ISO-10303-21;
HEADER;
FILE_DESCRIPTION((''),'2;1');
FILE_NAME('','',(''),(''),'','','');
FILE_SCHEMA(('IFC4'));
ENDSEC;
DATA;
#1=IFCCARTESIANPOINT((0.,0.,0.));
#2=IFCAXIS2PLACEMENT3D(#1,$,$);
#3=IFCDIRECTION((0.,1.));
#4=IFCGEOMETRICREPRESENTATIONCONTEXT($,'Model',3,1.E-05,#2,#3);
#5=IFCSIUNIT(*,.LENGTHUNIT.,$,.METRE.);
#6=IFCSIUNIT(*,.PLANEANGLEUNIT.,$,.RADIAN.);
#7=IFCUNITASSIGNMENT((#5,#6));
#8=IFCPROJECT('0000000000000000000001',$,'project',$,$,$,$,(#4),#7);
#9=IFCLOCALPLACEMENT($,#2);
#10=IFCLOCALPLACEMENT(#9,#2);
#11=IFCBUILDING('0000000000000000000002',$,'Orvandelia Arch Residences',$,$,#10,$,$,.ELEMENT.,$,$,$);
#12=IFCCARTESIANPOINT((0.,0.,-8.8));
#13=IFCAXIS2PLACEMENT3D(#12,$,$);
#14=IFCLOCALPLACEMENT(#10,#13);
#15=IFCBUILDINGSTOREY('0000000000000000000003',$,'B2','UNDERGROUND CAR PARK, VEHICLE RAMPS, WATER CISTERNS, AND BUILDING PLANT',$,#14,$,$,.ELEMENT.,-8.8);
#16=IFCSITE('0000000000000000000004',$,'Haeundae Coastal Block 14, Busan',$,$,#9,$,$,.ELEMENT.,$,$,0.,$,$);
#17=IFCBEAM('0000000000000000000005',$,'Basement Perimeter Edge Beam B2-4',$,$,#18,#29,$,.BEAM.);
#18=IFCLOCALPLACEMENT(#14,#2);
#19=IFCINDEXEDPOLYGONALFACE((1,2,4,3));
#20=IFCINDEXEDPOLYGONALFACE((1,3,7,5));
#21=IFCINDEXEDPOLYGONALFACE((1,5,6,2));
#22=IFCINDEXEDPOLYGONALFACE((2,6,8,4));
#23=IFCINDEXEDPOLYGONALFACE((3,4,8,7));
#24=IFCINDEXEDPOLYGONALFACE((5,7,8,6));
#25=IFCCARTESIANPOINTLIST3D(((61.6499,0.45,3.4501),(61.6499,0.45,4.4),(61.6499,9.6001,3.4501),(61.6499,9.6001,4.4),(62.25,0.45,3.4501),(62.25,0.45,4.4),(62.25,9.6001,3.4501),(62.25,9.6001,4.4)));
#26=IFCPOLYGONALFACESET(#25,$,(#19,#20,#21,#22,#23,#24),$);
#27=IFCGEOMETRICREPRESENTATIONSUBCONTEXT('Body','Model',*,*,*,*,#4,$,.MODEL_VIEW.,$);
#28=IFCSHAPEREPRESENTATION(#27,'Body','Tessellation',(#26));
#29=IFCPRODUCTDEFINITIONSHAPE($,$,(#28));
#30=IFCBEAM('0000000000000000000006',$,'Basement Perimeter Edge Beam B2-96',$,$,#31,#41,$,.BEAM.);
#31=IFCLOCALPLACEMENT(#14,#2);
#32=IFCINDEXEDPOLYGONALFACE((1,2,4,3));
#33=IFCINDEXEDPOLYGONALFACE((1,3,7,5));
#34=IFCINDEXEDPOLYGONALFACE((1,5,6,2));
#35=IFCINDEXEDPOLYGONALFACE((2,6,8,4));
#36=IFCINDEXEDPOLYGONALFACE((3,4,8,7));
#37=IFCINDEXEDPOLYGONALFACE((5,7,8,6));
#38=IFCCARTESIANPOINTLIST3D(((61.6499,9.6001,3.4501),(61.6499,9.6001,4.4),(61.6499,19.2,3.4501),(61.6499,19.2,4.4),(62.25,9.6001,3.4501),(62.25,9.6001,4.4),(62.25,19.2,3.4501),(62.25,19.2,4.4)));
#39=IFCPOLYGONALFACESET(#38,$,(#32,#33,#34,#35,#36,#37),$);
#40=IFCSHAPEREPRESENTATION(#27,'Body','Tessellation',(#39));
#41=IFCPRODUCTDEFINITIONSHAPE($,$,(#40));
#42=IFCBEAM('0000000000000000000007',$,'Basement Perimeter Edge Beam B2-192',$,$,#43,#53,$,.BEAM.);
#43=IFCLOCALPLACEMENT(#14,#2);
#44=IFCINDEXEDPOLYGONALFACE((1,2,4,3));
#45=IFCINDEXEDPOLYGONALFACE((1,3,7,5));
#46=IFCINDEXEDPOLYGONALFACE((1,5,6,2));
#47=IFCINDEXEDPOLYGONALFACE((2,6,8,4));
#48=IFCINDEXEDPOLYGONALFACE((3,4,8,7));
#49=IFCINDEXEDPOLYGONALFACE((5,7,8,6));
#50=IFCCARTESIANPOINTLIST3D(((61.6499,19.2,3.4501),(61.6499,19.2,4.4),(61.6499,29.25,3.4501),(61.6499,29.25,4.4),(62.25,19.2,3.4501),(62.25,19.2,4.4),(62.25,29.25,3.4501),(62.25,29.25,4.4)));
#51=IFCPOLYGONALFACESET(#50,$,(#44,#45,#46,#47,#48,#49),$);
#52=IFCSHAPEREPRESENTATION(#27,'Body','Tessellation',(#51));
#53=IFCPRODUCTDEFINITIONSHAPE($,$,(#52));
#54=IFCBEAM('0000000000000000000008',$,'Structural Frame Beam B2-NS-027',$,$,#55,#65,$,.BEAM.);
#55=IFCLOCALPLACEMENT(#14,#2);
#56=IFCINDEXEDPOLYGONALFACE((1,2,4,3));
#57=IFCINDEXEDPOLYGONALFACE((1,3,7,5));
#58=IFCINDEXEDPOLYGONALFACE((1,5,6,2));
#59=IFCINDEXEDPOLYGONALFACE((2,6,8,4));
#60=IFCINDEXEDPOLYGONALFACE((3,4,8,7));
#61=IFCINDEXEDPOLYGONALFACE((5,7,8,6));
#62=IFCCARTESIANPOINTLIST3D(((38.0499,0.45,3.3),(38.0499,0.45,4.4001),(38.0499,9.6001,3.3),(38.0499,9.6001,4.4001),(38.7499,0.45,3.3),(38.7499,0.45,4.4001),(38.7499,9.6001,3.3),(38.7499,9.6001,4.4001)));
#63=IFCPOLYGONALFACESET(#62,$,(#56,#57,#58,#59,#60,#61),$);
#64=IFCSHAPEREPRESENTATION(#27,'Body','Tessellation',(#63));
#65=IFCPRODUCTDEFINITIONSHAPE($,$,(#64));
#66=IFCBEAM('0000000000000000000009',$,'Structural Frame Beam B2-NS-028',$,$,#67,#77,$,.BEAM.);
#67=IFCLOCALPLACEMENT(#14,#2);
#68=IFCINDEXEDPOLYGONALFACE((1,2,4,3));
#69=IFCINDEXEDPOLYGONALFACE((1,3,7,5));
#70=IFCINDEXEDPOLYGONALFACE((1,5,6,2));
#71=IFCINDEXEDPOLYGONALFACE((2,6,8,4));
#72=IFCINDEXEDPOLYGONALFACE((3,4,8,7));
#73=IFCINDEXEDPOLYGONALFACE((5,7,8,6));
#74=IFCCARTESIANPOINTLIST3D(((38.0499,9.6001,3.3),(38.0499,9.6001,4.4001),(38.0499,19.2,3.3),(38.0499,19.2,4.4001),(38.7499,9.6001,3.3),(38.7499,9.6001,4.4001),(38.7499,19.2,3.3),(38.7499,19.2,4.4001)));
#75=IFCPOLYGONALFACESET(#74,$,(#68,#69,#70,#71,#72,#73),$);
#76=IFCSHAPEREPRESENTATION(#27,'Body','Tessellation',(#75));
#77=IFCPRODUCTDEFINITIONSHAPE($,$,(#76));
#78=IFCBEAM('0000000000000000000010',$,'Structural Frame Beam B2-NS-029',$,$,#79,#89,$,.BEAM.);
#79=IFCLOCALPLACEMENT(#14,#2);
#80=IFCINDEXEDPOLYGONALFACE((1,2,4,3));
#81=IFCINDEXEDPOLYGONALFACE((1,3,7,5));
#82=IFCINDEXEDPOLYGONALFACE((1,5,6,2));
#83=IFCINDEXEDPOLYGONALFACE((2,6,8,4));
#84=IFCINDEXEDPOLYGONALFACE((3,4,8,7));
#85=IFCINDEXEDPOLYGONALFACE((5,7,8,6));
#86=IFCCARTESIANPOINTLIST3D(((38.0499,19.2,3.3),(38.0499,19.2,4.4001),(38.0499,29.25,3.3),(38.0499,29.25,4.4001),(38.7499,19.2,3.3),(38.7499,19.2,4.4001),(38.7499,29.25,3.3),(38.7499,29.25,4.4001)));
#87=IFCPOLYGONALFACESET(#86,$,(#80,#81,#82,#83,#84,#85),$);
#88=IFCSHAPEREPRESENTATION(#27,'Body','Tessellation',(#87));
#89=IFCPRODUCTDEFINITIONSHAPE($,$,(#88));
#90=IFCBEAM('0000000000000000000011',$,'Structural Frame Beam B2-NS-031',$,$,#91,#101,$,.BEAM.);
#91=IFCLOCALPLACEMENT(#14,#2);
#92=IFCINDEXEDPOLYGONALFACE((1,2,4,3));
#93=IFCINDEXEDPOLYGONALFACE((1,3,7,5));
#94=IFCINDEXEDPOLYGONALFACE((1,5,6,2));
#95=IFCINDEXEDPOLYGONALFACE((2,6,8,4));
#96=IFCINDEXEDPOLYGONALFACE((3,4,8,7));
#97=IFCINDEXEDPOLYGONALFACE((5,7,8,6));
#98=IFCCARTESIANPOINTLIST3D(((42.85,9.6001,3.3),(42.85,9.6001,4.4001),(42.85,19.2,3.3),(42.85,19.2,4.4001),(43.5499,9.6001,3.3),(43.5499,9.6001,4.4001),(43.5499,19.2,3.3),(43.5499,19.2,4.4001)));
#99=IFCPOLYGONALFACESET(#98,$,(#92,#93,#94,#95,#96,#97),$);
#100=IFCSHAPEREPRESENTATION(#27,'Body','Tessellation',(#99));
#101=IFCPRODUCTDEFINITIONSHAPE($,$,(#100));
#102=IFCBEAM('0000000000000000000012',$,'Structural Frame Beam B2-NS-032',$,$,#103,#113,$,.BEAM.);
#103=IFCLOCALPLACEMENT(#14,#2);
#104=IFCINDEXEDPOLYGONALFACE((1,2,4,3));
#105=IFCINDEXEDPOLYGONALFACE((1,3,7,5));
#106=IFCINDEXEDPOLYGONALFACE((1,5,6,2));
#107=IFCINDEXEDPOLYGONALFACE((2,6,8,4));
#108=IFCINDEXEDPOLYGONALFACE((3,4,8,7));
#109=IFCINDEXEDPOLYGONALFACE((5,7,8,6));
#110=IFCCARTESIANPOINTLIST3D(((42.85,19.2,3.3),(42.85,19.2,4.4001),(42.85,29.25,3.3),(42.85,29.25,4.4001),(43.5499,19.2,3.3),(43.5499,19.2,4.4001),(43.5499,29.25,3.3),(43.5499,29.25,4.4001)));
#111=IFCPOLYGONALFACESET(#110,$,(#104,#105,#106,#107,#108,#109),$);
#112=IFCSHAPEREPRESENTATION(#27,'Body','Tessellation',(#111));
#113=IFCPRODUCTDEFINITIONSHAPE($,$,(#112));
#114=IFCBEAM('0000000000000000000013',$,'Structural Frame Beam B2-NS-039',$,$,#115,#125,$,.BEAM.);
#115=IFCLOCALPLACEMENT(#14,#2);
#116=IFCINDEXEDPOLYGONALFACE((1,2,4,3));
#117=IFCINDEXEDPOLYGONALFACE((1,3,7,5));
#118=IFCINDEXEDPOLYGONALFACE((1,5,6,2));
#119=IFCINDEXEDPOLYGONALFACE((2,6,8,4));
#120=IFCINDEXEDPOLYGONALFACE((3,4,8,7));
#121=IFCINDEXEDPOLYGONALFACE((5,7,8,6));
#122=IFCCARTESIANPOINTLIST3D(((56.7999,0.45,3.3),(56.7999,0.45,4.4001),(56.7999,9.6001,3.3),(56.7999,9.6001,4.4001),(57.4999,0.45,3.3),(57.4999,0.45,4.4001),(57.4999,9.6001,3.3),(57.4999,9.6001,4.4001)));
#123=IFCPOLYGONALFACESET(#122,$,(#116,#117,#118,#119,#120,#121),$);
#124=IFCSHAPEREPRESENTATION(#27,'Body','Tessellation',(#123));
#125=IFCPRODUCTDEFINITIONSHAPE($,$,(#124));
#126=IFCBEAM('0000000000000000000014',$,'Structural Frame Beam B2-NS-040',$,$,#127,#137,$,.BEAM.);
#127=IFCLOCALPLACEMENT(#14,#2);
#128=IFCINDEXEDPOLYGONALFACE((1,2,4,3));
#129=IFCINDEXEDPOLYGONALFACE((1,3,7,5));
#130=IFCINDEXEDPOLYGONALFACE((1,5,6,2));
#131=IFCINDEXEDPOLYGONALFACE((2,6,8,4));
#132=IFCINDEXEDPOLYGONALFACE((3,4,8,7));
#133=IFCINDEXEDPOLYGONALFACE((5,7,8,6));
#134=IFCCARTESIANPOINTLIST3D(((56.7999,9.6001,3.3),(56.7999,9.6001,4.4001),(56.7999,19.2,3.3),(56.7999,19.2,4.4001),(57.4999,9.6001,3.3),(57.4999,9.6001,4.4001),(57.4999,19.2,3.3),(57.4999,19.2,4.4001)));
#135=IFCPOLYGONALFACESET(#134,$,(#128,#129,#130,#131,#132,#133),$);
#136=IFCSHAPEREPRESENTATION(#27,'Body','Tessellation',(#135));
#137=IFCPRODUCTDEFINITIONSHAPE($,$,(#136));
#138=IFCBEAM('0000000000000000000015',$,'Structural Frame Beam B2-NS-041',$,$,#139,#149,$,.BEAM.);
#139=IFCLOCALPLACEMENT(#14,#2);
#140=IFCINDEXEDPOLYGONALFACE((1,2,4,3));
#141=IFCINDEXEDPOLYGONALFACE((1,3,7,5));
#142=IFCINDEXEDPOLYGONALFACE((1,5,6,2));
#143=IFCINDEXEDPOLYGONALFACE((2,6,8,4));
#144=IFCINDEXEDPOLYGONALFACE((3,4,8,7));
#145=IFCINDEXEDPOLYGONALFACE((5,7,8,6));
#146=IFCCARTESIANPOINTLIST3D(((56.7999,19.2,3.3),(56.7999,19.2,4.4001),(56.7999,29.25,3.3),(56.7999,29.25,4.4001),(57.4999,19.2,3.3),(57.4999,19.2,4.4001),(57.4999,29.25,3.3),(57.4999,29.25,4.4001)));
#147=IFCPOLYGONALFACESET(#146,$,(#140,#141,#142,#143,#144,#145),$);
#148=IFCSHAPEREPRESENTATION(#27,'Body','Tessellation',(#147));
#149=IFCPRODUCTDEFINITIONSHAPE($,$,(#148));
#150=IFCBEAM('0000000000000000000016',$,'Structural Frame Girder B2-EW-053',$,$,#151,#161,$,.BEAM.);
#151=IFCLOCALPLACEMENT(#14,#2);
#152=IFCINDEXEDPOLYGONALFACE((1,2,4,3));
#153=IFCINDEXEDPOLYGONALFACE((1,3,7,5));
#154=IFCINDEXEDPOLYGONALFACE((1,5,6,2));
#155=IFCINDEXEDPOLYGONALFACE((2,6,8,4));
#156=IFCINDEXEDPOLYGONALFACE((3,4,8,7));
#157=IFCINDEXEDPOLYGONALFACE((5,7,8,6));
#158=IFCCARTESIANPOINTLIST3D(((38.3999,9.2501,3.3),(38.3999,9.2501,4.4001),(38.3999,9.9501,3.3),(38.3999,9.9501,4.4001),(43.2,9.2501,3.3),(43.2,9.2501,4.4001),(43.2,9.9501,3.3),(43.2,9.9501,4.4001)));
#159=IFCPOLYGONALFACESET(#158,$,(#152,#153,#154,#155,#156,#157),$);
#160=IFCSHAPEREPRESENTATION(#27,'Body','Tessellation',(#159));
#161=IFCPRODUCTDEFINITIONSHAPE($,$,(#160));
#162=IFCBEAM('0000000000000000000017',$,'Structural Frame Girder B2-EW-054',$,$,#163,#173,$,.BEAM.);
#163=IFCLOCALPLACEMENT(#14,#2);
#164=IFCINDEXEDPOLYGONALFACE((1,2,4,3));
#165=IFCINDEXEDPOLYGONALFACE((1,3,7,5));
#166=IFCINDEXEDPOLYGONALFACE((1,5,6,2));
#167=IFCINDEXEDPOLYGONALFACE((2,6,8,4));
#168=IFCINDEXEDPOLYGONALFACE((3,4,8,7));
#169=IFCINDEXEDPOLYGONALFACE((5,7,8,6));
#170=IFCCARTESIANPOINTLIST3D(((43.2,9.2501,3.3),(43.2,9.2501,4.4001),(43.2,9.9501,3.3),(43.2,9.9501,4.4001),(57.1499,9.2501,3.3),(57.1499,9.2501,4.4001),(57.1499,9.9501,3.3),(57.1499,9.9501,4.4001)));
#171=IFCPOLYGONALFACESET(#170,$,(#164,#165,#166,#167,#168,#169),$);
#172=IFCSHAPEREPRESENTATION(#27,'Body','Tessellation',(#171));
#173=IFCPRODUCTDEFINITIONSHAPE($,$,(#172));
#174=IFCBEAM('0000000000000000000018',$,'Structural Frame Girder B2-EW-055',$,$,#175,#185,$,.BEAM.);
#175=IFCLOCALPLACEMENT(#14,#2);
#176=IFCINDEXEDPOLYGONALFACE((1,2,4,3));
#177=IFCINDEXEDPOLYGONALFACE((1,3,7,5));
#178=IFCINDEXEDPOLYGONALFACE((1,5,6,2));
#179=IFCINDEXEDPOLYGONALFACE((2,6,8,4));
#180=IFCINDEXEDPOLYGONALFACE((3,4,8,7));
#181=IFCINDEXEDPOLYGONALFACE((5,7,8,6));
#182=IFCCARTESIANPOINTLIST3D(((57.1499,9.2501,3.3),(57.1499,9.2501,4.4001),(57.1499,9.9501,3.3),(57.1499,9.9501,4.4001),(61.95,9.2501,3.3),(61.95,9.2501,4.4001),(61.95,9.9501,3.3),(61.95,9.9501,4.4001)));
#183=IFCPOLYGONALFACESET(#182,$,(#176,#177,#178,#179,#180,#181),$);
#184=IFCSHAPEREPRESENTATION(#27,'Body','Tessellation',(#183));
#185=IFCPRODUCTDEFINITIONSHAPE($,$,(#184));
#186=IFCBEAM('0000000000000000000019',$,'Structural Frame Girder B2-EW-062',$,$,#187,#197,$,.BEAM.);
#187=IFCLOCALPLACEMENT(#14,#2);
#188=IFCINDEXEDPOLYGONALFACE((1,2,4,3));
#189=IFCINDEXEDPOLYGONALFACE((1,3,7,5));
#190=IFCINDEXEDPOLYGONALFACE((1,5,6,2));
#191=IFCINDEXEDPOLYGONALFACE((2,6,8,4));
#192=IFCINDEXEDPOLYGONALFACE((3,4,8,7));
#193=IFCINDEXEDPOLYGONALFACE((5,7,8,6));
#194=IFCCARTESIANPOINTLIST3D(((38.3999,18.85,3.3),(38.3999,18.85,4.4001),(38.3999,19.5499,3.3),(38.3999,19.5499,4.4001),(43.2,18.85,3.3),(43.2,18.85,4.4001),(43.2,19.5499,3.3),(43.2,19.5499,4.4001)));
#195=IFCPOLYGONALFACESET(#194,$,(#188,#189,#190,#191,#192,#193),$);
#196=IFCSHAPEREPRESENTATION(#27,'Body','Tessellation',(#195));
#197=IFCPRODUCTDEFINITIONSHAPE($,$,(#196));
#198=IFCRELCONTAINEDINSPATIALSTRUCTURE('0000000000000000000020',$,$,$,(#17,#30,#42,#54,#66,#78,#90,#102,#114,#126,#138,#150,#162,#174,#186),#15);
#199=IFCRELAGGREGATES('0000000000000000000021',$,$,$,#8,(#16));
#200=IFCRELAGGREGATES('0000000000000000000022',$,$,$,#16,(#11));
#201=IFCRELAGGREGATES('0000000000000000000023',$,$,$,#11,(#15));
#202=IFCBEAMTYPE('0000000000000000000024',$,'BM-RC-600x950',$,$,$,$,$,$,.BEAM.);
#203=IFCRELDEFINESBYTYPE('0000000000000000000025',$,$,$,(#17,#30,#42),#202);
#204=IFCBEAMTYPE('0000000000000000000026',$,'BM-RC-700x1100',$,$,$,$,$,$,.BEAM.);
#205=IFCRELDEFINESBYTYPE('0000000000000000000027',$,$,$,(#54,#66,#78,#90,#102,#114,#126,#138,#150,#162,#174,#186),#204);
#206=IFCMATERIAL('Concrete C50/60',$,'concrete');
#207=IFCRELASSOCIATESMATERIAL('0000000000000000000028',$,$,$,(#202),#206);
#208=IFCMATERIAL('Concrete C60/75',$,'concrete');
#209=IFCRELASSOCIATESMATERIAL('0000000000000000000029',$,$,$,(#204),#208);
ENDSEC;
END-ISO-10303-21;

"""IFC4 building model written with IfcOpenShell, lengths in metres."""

from ifc_helpers import new_model, si_unit, direction, frame, origin, origin_2d, place, context, subcontext, project, spatial, rectangle, extrude, material, material_profile, profile_set, type_object, element, save


model = new_model("IFC4")

# Units and contexts
model_context = context("Model", 3, precision=1e-05, world=origin(), true_north=direction((0.0, 1.0)))
body_context = subcontext(model_context, "Body", "Model", "MODEL_VIEW")
ifc_project = project(units=[si_unit("LENGTHUNIT", "METRE"), si_unit("PLANEANGLEUNIT", "RADIAN")], contexts=[model_context])

# Site, building, storey
site_placement = place(None, origin())
site = spatial("IfcSite", under=ifc_project, at=site_placement, Name="Haeundae Coastal Block 14, Busan", CompositionType="ELEMENT", RefElevation=0.0)
building_placement = place(site_placement, origin())
building = spatial("IfcBuilding", under=site, at=building_placement, Name="Orvandelia Arch Residences", CompositionType="ELEMENT")
storey_placement = place(building_placement, frame((0.0, 0.0, -8.8)))
storey = spatial("IfcBuildingStorey", under=building, at=storey_placement, Name="B2", Description="UNDERGROUND CAR PARK, VEHICLE RAMPS, WATER CISTERNS, AND BUILDING PLANT", CompositionType="ELEMENT", Elevation=-8.8)

# Shared definitions
ifc_material_1 = material(Name="Concrete C50/60", Category="concrete")
ifc_material_2 = material(Name="Concrete C60/75", Category="concrete")

# Beams
ifc_material_profile_1 = material_profile(ifc_material_1, rectangle(XDim=0.6001, YDim=0.95, at=origin_2d()), Name="Concrete C50/60", Category="concrete")
ifc_profile_set_1 = profile_set([ifc_material_profile_1], Name="Concrete C50/60")
beam_type_1 = type_object("IfcBeamType", Name="BM-RC-600x950", PredefinedType="BEAM", material=ifc_profile_set_1)
beam_1_placement = place(storey_placement, frame((61.95, 0.45, 3.925), z_axis=(0.0, 1.0, 0.0), x_axis=(-1.0, 0.0, 0.0)))
element("IfcBeam", 1, at=beam_1_placement, inside=storey, type_object=beam_type_1, Name="Basement Perimeter Edge Beam B2-4", PredefinedType="BEAM", context=body_context, shape_type="SweptSolid", body=[
    extrude(rectangle(XDim=0.6001, YDim=0.95, at=origin_2d()), origin(), (0.0, 0.0, 1.0), 9.1501),
])
beam_2_placement = place(storey_placement, frame((61.95, 9.6001, 3.925), z_axis=(0.0, 1.0, 0.0), x_axis=(-1.0, 0.0, 0.0)))
element("IfcBeam", 2, at=beam_2_placement, inside=storey, type_object=beam_type_1, Name="Basement Perimeter Edge Beam B2-96", PredefinedType="BEAM", context=body_context, shape_type="SweptSolid", body=[
    extrude(rectangle(XDim=0.6001, YDim=0.95, at=origin_2d()), origin(), (0.0, 0.0, 1.0), 9.5999),
])
beam_3_placement = place(storey_placement, frame((61.95, 19.2, 3.925), z_axis=(0.0, 1.0, 0.0), x_axis=(-1.0, 0.0, 0.0)))
element("IfcBeam", 3, at=beam_3_placement, inside=storey, type_object=beam_type_1, Name="Basement Perimeter Edge Beam B2-192", PredefinedType="BEAM", context=body_context, shape_type="SweptSolid", body=[
    extrude(rectangle(XDim=0.6001, YDim=0.95, at=origin_2d()), origin(), (0.0, 0.0, 1.0), 10.05),
])
ifc_material_profile_2 = material_profile(ifc_material_2, rectangle(XDim=0.7, YDim=1.1001, at=origin_2d()), Name="Concrete C60/75", Category="concrete")
ifc_profile_set_2 = profile_set([ifc_material_profile_2], Name="Concrete C60/75")
beam_type_2 = type_object("IfcBeamType", Name="BM-RC-700x1100", PredefinedType="BEAM", material=ifc_profile_set_2)
beam_4_placement = place(storey_placement, frame((38.3999, 0.45, 3.8501), z_axis=(0.0, 1.0, 0.0), x_axis=(-1.0, 0.0, 0.0)))
element("IfcBeam", 4, at=beam_4_placement, inside=storey, type_object=beam_type_2, Name="Structural Frame Beam B2-NS-027", PredefinedType="BEAM", context=body_context, shape_type="SweptSolid", body=[
    extrude(rectangle(XDim=0.7, YDim=1.1001, at=origin_2d()), origin(), (0.0, 0.0, 1.0), 9.1501),
])
beam_5_placement = place(storey_placement, frame((38.3999, 9.6001, 3.8501), z_axis=(0.0, 1.0, 0.0), x_axis=(-1.0, 0.0, 0.0)))
element("IfcBeam", 5, at=beam_5_placement, inside=storey, type_object=beam_type_2, Name="Structural Frame Beam B2-NS-028", PredefinedType="BEAM", context=body_context, shape_type="SweptSolid", body=[
    extrude(rectangle(XDim=0.7, YDim=1.1001, at=origin_2d()), origin(), (0.0, 0.0, 1.0), 9.5999),
])
beam_6_placement = place(storey_placement, frame((38.3999, 19.2, 3.8501), z_axis=(0.0, 1.0, 0.0), x_axis=(-1.0, 0.0, 0.0)))
element("IfcBeam", 6, at=beam_6_placement, inside=storey, type_object=beam_type_2, Name="Structural Frame Beam B2-NS-029", PredefinedType="BEAM", context=body_context, shape_type="SweptSolid", body=[
    extrude(rectangle(XDim=0.7, YDim=1.1001, at=origin_2d()), origin(), (0.0, 0.0, 1.0), 10.05),
])
beam_7_placement = place(storey_placement, frame((43.2, 9.6001, 3.8501), z_axis=(0.0, 1.0, 0.0), x_axis=(-1.0, 0.0, 0.0)))
element("IfcBeam", 7, at=beam_7_placement, inside=storey, type_object=beam_type_2, Name="Structural Frame Beam B2-NS-031", PredefinedType="BEAM", context=body_context, shape_type="SweptSolid", body=[
    extrude(rectangle(XDim=0.7, YDim=1.1001, at=origin_2d()), origin(), (0.0, 0.0, 1.0), 9.5999),
])
beam_8_placement = place(storey_placement, frame((43.2, 19.2, 3.8501), z_axis=(0.0, 1.0, 0.0), x_axis=(-1.0, 0.0, 0.0)))
element("IfcBeam", 8, at=beam_8_placement, inside=storey, type_object=beam_type_2, Name="Structural Frame Beam B2-NS-032", PredefinedType="BEAM", context=body_context, shape_type="SweptSolid", body=[
    extrude(rectangle(XDim=0.7, YDim=1.1001, at=origin_2d()), origin(), (0.0, 0.0, 1.0), 10.05),
])
beam_9_placement = place(storey_placement, frame((57.1499, 0.45, 3.8501), z_axis=(0.0, 1.0, 0.0), x_axis=(-1.0, 0.0, 0.0)))
element("IfcBeam", 9, at=beam_9_placement, inside=storey, type_object=beam_type_2, Name="Structural Frame Beam B2-NS-039", PredefinedType="BEAM", context=body_context, shape_type="SweptSolid", body=[
    extrude(rectangle(XDim=0.7, YDim=1.1001, at=origin_2d()), origin(), (0.0, 0.0, 1.0), 9.1501),
])
beam_10_placement = place(storey_placement, frame((57.1499, 9.6001, 3.8501), z_axis=(0.0, 1.0, 0.0), x_axis=(-1.0, 0.0, 0.0)))
element("IfcBeam", 10, at=beam_10_placement, inside=storey, type_object=beam_type_2, Name="Structural Frame Beam B2-NS-040", PredefinedType="BEAM", context=body_context, shape_type="SweptSolid", body=[
    extrude(rectangle(XDim=0.7, YDim=1.1001, at=origin_2d()), origin(), (0.0, 0.0, 1.0), 9.5999),
])
beam_11_placement = place(storey_placement, frame((57.1499, 19.2, 3.8501), z_axis=(0.0, 1.0, 0.0), x_axis=(-1.0, 0.0, 0.0)))
element("IfcBeam", 11, at=beam_11_placement, inside=storey, type_object=beam_type_2, Name="Structural Frame Beam B2-NS-041", PredefinedType="BEAM", context=body_context, shape_type="SweptSolid", body=[
    extrude(rectangle(XDim=0.7, YDim=1.1001, at=origin_2d()), origin(), (0.0, 0.0, 1.0), 10.05),
])
beam_12_placement = place(storey_placement, frame((38.3999, 9.6001, 3.8501), z_axis=(1.0, 0.0, 0.0), x_axis=(0.0, 1.0, 0.0)))
element("IfcBeam", 12, at=beam_12_placement, inside=storey, type_object=beam_type_2, Name="Structural Frame Girder B2-EW-053", PredefinedType="BEAM", context=body_context, shape_type="SweptSolid", body=[
    extrude(rectangle(XDim=0.7, YDim=1.1001, at=origin_2d()), origin(), (0.0, 0.0, 1.0), 4.8),
])
beam_13_placement = place(storey_placement, frame((43.2, 9.6001, 3.8501), z_axis=(1.0, 0.0, 0.0), x_axis=(0.0, 1.0, 0.0)))
element("IfcBeam", 13, at=beam_13_placement, inside=storey, type_object=beam_type_2, Name="Structural Frame Girder B2-EW-054", PredefinedType="BEAM", context=body_context, shape_type="SweptSolid", body=[
    extrude(rectangle(XDim=0.7, YDim=1.1001, at=origin_2d()), origin(), (0.0, 0.0, 1.0), 13.95),
])
for number, where, z_axis, x_axis, name in (
    (14, (57.1499, 9.6001, 3.8501), (1.0, 0.0, 0.0), (0.0, 1.0, 0.0), "Structural Frame Girder B2-EW-055"),
    (15, (38.3999, 19.2, 3.8501), (1.0, 0.0, 0.0), (0.0, 1.0, 0.0), "Structural Frame Girder B2-EW-062"),
):
    element("IfcBeam", number, at=place(storey_placement, frame(where, z_axis=z_axis, x_axis=x_axis)), inside=storey, type_object=beam_type_2, Name=name, PredefinedType="BEAM", context=body_context, shape_type="SweptSolid", body=[
        extrude(rectangle(XDim=0.7, YDim=1.1001, at=origin_2d()), origin(), (0.0, 0.0, 1.0), 4.8),
    ])

save(model, "model.ifc")
